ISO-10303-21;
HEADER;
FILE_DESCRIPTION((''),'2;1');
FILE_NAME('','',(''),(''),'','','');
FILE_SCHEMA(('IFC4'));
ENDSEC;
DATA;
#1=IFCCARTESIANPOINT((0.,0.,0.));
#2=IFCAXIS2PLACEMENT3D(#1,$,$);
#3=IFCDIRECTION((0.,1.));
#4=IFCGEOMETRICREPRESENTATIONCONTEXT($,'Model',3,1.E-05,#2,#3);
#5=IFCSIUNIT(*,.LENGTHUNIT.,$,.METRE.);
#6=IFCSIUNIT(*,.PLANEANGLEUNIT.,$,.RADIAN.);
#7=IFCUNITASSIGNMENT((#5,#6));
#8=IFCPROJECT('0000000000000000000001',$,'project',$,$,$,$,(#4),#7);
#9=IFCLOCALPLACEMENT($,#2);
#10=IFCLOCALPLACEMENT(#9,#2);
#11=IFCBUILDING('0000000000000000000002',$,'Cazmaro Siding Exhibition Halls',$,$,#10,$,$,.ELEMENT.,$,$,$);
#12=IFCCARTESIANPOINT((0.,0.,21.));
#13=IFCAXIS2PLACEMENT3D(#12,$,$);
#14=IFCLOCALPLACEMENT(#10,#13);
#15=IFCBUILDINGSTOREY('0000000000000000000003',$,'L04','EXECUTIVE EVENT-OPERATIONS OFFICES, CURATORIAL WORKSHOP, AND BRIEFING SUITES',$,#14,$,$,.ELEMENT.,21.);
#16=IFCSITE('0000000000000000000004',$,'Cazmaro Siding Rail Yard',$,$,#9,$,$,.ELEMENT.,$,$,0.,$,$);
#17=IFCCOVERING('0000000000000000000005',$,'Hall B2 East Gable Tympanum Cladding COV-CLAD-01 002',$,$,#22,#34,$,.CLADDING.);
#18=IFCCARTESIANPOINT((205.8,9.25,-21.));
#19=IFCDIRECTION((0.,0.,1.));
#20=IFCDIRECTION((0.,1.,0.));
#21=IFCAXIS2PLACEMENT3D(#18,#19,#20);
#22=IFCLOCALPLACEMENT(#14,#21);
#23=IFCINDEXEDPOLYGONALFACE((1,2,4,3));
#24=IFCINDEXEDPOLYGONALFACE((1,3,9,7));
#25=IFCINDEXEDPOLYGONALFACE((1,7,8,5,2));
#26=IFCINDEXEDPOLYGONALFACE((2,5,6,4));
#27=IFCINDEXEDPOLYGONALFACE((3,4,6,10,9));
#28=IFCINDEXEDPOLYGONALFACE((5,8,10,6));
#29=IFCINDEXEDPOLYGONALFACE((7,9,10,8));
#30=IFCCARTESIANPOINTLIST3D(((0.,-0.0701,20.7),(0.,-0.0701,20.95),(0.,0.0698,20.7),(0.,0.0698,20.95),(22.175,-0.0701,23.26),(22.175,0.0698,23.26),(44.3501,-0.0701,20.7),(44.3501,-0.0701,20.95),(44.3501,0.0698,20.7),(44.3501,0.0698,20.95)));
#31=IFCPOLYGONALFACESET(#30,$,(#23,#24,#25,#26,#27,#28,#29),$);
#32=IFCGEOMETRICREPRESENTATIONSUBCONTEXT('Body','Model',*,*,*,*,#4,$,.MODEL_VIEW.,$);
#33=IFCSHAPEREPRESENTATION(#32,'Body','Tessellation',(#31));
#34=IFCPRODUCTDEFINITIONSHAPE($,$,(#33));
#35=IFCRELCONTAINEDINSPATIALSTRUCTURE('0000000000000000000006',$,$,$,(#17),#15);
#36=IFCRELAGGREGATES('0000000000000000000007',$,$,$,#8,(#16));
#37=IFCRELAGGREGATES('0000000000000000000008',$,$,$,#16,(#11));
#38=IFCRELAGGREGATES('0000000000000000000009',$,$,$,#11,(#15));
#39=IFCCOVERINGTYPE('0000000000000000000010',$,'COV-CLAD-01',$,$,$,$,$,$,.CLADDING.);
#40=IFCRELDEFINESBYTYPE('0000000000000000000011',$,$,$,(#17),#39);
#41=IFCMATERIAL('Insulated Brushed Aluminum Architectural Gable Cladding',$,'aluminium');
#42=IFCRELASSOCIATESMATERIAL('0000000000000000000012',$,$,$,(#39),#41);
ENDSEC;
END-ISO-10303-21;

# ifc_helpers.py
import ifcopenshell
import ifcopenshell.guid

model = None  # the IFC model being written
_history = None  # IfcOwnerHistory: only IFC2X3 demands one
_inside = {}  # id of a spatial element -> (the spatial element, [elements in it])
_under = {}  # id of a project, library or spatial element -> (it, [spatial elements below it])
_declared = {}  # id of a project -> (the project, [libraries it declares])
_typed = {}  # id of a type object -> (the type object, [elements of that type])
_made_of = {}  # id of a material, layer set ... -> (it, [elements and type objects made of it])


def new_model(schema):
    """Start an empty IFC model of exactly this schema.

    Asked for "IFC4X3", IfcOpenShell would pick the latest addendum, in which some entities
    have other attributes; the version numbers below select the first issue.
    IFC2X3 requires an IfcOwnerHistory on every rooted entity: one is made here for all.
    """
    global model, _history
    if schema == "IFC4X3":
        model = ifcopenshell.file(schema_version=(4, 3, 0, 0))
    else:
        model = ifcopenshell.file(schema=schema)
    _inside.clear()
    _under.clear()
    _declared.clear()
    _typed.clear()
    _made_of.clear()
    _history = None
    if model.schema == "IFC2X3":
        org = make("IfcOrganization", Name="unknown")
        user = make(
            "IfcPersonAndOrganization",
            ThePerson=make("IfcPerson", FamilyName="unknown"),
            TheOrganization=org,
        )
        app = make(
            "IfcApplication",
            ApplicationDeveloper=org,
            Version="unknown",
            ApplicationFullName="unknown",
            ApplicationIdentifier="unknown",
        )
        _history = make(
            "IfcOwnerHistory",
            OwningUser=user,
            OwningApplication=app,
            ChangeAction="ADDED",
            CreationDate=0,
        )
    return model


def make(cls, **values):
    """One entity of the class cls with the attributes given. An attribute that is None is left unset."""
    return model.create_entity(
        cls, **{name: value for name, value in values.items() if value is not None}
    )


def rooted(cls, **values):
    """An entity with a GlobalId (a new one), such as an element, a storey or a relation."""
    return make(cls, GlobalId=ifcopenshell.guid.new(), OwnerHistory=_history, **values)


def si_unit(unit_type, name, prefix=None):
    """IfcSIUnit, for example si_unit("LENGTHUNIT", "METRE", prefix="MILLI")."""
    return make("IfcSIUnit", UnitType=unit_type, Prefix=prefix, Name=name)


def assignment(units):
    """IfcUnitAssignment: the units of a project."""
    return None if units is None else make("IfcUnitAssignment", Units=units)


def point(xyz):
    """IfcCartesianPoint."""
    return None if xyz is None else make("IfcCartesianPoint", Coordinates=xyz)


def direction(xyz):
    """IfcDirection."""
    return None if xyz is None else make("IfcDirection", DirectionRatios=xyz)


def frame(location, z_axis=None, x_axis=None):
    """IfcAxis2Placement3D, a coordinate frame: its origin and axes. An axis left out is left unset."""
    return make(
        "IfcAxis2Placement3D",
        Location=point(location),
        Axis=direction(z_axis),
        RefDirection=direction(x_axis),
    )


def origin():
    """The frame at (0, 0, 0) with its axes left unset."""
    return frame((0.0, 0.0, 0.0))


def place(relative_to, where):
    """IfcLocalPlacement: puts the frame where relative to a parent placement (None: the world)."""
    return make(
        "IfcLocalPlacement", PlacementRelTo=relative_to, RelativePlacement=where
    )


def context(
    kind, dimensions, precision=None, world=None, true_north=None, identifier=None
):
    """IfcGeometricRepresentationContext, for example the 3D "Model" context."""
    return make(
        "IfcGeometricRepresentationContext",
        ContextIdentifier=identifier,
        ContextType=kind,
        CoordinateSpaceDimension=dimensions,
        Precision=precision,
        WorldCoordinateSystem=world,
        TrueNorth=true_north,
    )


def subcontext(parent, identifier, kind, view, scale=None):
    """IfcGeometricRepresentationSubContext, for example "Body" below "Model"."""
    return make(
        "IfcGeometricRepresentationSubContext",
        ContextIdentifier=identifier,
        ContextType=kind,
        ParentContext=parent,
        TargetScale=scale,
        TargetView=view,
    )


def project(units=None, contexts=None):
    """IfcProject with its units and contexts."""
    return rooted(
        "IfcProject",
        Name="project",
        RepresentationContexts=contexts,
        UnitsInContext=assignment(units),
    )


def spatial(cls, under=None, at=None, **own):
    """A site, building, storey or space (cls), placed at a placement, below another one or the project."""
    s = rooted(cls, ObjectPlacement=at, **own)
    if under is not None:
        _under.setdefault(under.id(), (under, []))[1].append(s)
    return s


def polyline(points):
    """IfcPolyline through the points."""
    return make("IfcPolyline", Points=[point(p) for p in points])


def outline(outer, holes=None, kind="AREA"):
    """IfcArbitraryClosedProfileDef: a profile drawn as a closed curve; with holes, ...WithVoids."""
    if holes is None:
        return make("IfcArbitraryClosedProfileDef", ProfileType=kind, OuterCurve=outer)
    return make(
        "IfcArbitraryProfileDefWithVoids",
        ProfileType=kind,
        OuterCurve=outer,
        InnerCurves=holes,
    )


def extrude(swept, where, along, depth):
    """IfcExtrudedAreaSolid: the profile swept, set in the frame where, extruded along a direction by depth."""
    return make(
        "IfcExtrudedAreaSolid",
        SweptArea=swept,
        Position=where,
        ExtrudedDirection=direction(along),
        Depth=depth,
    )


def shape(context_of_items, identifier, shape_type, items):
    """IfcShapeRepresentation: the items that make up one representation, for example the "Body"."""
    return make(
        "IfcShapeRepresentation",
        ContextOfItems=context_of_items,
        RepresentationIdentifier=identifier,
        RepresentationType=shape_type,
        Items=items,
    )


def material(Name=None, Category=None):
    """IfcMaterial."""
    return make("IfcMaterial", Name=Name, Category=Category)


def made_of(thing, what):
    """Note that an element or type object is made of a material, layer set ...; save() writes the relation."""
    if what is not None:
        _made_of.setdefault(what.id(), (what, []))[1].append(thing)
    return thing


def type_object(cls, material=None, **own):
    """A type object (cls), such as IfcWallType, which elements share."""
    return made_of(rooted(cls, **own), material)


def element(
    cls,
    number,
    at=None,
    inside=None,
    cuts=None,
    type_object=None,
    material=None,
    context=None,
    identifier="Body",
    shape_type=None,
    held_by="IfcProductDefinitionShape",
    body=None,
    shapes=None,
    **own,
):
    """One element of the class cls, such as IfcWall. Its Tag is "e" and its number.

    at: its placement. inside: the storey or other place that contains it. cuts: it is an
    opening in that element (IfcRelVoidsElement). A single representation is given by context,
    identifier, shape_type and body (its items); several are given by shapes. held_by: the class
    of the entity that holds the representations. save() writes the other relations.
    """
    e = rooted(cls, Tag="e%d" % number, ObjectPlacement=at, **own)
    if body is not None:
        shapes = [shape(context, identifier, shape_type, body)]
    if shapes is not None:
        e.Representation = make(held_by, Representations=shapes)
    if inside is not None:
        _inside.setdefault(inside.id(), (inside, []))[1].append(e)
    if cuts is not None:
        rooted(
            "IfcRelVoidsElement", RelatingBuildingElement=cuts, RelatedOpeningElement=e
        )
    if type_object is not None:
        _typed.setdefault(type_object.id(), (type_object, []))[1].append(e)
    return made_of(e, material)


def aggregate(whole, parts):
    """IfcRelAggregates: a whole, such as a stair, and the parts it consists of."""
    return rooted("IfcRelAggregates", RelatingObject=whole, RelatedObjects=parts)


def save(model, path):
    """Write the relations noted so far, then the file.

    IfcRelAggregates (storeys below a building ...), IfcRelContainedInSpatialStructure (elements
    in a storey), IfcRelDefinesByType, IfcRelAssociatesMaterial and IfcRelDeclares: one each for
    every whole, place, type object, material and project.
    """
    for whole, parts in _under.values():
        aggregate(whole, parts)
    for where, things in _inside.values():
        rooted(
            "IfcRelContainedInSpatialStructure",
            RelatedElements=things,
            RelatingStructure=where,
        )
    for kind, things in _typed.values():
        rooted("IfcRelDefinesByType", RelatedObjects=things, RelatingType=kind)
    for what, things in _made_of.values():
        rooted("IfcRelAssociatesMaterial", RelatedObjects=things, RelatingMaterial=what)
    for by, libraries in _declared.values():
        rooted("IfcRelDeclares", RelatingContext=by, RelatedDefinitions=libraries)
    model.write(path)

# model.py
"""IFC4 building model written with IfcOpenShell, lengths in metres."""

from ifc_helpers import new_model, si_unit, direction, frame, origin, place, context, subcontext, project, spatial, polyline, outline, extrude, material, type_object, element, save


model = new_model("IFC4")

# Units and contexts
model_context = context("Model", 3, precision=1e-05, world=origin(), true_north=direction((0.0, 1.0)))
body_context = subcontext(model_context, "Body", "Model", "MODEL_VIEW")
ifc_project = project(units=[si_unit("LENGTHUNIT", "METRE"), si_unit("PLANEANGLEUNIT", "RADIAN")], contexts=[model_context])

# Site, building, storey
site_placement = place(None, origin())
site = spatial("IfcSite", under=ifc_project, at=site_placement, Name="Cazmaro Siding Rail Yard", CompositionType="ELEMENT", RefElevation=0.0)
building_placement = place(site_placement, origin())
building = spatial("IfcBuilding", under=site, at=building_placement, Name="Cazmaro Siding Exhibition Halls", CompositionType="ELEMENT")
storey_placement = place(building_placement, frame((0.0, 0.0, 21.0)))
storey = spatial("IfcBuildingStorey", under=building, at=storey_placement, Name="L04", Description="EXECUTIVE EVENT-OPERATIONS OFFICES, CURATORIAL WORKSHOP, AND BRIEFING SUITES", CompositionType="ELEMENT", Elevation=21.0)

# Covering
ifc_material_1 = material(Name="Insulated Brushed Aluminum Architectural Gable Cladding", Category="aluminium")
covering_type = type_object("IfcCoveringType", Name="COV-CLAD-01", PredefinedType="CLADDING", material=ifc_material_1)
covering_placement = place(storey_placement, frame((205.8, 9.25, -21.0), z_axis=(0.0, 0.0, 1.0), x_axis=(0.0, 1.0, 0.0)))
element("IfcCovering", 1, at=covering_placement, inside=storey, type_object=covering_type, Name="Hall B2 East Gable Tympanum Cladding COV-CLAD-01 002", PredefinedType="CLADDING", context=body_context, shape_type="SweptSolid", body=[
    extrude(outline(polyline([(0.0, 20.7), (44.3501, 20.7), (44.3501, 20.95), (22.175, 23.26), (0.0, 20.95), (0.0, 20.7)])), frame((0.0, 0.0698, 0.0), z_axis=(0.0, -1.0, 0.0), x_axis=(1.0, 0.0, 0.0)), (0.0, 0.0, 1.0), 0.1399),
])

save(model, "model.ifc")
